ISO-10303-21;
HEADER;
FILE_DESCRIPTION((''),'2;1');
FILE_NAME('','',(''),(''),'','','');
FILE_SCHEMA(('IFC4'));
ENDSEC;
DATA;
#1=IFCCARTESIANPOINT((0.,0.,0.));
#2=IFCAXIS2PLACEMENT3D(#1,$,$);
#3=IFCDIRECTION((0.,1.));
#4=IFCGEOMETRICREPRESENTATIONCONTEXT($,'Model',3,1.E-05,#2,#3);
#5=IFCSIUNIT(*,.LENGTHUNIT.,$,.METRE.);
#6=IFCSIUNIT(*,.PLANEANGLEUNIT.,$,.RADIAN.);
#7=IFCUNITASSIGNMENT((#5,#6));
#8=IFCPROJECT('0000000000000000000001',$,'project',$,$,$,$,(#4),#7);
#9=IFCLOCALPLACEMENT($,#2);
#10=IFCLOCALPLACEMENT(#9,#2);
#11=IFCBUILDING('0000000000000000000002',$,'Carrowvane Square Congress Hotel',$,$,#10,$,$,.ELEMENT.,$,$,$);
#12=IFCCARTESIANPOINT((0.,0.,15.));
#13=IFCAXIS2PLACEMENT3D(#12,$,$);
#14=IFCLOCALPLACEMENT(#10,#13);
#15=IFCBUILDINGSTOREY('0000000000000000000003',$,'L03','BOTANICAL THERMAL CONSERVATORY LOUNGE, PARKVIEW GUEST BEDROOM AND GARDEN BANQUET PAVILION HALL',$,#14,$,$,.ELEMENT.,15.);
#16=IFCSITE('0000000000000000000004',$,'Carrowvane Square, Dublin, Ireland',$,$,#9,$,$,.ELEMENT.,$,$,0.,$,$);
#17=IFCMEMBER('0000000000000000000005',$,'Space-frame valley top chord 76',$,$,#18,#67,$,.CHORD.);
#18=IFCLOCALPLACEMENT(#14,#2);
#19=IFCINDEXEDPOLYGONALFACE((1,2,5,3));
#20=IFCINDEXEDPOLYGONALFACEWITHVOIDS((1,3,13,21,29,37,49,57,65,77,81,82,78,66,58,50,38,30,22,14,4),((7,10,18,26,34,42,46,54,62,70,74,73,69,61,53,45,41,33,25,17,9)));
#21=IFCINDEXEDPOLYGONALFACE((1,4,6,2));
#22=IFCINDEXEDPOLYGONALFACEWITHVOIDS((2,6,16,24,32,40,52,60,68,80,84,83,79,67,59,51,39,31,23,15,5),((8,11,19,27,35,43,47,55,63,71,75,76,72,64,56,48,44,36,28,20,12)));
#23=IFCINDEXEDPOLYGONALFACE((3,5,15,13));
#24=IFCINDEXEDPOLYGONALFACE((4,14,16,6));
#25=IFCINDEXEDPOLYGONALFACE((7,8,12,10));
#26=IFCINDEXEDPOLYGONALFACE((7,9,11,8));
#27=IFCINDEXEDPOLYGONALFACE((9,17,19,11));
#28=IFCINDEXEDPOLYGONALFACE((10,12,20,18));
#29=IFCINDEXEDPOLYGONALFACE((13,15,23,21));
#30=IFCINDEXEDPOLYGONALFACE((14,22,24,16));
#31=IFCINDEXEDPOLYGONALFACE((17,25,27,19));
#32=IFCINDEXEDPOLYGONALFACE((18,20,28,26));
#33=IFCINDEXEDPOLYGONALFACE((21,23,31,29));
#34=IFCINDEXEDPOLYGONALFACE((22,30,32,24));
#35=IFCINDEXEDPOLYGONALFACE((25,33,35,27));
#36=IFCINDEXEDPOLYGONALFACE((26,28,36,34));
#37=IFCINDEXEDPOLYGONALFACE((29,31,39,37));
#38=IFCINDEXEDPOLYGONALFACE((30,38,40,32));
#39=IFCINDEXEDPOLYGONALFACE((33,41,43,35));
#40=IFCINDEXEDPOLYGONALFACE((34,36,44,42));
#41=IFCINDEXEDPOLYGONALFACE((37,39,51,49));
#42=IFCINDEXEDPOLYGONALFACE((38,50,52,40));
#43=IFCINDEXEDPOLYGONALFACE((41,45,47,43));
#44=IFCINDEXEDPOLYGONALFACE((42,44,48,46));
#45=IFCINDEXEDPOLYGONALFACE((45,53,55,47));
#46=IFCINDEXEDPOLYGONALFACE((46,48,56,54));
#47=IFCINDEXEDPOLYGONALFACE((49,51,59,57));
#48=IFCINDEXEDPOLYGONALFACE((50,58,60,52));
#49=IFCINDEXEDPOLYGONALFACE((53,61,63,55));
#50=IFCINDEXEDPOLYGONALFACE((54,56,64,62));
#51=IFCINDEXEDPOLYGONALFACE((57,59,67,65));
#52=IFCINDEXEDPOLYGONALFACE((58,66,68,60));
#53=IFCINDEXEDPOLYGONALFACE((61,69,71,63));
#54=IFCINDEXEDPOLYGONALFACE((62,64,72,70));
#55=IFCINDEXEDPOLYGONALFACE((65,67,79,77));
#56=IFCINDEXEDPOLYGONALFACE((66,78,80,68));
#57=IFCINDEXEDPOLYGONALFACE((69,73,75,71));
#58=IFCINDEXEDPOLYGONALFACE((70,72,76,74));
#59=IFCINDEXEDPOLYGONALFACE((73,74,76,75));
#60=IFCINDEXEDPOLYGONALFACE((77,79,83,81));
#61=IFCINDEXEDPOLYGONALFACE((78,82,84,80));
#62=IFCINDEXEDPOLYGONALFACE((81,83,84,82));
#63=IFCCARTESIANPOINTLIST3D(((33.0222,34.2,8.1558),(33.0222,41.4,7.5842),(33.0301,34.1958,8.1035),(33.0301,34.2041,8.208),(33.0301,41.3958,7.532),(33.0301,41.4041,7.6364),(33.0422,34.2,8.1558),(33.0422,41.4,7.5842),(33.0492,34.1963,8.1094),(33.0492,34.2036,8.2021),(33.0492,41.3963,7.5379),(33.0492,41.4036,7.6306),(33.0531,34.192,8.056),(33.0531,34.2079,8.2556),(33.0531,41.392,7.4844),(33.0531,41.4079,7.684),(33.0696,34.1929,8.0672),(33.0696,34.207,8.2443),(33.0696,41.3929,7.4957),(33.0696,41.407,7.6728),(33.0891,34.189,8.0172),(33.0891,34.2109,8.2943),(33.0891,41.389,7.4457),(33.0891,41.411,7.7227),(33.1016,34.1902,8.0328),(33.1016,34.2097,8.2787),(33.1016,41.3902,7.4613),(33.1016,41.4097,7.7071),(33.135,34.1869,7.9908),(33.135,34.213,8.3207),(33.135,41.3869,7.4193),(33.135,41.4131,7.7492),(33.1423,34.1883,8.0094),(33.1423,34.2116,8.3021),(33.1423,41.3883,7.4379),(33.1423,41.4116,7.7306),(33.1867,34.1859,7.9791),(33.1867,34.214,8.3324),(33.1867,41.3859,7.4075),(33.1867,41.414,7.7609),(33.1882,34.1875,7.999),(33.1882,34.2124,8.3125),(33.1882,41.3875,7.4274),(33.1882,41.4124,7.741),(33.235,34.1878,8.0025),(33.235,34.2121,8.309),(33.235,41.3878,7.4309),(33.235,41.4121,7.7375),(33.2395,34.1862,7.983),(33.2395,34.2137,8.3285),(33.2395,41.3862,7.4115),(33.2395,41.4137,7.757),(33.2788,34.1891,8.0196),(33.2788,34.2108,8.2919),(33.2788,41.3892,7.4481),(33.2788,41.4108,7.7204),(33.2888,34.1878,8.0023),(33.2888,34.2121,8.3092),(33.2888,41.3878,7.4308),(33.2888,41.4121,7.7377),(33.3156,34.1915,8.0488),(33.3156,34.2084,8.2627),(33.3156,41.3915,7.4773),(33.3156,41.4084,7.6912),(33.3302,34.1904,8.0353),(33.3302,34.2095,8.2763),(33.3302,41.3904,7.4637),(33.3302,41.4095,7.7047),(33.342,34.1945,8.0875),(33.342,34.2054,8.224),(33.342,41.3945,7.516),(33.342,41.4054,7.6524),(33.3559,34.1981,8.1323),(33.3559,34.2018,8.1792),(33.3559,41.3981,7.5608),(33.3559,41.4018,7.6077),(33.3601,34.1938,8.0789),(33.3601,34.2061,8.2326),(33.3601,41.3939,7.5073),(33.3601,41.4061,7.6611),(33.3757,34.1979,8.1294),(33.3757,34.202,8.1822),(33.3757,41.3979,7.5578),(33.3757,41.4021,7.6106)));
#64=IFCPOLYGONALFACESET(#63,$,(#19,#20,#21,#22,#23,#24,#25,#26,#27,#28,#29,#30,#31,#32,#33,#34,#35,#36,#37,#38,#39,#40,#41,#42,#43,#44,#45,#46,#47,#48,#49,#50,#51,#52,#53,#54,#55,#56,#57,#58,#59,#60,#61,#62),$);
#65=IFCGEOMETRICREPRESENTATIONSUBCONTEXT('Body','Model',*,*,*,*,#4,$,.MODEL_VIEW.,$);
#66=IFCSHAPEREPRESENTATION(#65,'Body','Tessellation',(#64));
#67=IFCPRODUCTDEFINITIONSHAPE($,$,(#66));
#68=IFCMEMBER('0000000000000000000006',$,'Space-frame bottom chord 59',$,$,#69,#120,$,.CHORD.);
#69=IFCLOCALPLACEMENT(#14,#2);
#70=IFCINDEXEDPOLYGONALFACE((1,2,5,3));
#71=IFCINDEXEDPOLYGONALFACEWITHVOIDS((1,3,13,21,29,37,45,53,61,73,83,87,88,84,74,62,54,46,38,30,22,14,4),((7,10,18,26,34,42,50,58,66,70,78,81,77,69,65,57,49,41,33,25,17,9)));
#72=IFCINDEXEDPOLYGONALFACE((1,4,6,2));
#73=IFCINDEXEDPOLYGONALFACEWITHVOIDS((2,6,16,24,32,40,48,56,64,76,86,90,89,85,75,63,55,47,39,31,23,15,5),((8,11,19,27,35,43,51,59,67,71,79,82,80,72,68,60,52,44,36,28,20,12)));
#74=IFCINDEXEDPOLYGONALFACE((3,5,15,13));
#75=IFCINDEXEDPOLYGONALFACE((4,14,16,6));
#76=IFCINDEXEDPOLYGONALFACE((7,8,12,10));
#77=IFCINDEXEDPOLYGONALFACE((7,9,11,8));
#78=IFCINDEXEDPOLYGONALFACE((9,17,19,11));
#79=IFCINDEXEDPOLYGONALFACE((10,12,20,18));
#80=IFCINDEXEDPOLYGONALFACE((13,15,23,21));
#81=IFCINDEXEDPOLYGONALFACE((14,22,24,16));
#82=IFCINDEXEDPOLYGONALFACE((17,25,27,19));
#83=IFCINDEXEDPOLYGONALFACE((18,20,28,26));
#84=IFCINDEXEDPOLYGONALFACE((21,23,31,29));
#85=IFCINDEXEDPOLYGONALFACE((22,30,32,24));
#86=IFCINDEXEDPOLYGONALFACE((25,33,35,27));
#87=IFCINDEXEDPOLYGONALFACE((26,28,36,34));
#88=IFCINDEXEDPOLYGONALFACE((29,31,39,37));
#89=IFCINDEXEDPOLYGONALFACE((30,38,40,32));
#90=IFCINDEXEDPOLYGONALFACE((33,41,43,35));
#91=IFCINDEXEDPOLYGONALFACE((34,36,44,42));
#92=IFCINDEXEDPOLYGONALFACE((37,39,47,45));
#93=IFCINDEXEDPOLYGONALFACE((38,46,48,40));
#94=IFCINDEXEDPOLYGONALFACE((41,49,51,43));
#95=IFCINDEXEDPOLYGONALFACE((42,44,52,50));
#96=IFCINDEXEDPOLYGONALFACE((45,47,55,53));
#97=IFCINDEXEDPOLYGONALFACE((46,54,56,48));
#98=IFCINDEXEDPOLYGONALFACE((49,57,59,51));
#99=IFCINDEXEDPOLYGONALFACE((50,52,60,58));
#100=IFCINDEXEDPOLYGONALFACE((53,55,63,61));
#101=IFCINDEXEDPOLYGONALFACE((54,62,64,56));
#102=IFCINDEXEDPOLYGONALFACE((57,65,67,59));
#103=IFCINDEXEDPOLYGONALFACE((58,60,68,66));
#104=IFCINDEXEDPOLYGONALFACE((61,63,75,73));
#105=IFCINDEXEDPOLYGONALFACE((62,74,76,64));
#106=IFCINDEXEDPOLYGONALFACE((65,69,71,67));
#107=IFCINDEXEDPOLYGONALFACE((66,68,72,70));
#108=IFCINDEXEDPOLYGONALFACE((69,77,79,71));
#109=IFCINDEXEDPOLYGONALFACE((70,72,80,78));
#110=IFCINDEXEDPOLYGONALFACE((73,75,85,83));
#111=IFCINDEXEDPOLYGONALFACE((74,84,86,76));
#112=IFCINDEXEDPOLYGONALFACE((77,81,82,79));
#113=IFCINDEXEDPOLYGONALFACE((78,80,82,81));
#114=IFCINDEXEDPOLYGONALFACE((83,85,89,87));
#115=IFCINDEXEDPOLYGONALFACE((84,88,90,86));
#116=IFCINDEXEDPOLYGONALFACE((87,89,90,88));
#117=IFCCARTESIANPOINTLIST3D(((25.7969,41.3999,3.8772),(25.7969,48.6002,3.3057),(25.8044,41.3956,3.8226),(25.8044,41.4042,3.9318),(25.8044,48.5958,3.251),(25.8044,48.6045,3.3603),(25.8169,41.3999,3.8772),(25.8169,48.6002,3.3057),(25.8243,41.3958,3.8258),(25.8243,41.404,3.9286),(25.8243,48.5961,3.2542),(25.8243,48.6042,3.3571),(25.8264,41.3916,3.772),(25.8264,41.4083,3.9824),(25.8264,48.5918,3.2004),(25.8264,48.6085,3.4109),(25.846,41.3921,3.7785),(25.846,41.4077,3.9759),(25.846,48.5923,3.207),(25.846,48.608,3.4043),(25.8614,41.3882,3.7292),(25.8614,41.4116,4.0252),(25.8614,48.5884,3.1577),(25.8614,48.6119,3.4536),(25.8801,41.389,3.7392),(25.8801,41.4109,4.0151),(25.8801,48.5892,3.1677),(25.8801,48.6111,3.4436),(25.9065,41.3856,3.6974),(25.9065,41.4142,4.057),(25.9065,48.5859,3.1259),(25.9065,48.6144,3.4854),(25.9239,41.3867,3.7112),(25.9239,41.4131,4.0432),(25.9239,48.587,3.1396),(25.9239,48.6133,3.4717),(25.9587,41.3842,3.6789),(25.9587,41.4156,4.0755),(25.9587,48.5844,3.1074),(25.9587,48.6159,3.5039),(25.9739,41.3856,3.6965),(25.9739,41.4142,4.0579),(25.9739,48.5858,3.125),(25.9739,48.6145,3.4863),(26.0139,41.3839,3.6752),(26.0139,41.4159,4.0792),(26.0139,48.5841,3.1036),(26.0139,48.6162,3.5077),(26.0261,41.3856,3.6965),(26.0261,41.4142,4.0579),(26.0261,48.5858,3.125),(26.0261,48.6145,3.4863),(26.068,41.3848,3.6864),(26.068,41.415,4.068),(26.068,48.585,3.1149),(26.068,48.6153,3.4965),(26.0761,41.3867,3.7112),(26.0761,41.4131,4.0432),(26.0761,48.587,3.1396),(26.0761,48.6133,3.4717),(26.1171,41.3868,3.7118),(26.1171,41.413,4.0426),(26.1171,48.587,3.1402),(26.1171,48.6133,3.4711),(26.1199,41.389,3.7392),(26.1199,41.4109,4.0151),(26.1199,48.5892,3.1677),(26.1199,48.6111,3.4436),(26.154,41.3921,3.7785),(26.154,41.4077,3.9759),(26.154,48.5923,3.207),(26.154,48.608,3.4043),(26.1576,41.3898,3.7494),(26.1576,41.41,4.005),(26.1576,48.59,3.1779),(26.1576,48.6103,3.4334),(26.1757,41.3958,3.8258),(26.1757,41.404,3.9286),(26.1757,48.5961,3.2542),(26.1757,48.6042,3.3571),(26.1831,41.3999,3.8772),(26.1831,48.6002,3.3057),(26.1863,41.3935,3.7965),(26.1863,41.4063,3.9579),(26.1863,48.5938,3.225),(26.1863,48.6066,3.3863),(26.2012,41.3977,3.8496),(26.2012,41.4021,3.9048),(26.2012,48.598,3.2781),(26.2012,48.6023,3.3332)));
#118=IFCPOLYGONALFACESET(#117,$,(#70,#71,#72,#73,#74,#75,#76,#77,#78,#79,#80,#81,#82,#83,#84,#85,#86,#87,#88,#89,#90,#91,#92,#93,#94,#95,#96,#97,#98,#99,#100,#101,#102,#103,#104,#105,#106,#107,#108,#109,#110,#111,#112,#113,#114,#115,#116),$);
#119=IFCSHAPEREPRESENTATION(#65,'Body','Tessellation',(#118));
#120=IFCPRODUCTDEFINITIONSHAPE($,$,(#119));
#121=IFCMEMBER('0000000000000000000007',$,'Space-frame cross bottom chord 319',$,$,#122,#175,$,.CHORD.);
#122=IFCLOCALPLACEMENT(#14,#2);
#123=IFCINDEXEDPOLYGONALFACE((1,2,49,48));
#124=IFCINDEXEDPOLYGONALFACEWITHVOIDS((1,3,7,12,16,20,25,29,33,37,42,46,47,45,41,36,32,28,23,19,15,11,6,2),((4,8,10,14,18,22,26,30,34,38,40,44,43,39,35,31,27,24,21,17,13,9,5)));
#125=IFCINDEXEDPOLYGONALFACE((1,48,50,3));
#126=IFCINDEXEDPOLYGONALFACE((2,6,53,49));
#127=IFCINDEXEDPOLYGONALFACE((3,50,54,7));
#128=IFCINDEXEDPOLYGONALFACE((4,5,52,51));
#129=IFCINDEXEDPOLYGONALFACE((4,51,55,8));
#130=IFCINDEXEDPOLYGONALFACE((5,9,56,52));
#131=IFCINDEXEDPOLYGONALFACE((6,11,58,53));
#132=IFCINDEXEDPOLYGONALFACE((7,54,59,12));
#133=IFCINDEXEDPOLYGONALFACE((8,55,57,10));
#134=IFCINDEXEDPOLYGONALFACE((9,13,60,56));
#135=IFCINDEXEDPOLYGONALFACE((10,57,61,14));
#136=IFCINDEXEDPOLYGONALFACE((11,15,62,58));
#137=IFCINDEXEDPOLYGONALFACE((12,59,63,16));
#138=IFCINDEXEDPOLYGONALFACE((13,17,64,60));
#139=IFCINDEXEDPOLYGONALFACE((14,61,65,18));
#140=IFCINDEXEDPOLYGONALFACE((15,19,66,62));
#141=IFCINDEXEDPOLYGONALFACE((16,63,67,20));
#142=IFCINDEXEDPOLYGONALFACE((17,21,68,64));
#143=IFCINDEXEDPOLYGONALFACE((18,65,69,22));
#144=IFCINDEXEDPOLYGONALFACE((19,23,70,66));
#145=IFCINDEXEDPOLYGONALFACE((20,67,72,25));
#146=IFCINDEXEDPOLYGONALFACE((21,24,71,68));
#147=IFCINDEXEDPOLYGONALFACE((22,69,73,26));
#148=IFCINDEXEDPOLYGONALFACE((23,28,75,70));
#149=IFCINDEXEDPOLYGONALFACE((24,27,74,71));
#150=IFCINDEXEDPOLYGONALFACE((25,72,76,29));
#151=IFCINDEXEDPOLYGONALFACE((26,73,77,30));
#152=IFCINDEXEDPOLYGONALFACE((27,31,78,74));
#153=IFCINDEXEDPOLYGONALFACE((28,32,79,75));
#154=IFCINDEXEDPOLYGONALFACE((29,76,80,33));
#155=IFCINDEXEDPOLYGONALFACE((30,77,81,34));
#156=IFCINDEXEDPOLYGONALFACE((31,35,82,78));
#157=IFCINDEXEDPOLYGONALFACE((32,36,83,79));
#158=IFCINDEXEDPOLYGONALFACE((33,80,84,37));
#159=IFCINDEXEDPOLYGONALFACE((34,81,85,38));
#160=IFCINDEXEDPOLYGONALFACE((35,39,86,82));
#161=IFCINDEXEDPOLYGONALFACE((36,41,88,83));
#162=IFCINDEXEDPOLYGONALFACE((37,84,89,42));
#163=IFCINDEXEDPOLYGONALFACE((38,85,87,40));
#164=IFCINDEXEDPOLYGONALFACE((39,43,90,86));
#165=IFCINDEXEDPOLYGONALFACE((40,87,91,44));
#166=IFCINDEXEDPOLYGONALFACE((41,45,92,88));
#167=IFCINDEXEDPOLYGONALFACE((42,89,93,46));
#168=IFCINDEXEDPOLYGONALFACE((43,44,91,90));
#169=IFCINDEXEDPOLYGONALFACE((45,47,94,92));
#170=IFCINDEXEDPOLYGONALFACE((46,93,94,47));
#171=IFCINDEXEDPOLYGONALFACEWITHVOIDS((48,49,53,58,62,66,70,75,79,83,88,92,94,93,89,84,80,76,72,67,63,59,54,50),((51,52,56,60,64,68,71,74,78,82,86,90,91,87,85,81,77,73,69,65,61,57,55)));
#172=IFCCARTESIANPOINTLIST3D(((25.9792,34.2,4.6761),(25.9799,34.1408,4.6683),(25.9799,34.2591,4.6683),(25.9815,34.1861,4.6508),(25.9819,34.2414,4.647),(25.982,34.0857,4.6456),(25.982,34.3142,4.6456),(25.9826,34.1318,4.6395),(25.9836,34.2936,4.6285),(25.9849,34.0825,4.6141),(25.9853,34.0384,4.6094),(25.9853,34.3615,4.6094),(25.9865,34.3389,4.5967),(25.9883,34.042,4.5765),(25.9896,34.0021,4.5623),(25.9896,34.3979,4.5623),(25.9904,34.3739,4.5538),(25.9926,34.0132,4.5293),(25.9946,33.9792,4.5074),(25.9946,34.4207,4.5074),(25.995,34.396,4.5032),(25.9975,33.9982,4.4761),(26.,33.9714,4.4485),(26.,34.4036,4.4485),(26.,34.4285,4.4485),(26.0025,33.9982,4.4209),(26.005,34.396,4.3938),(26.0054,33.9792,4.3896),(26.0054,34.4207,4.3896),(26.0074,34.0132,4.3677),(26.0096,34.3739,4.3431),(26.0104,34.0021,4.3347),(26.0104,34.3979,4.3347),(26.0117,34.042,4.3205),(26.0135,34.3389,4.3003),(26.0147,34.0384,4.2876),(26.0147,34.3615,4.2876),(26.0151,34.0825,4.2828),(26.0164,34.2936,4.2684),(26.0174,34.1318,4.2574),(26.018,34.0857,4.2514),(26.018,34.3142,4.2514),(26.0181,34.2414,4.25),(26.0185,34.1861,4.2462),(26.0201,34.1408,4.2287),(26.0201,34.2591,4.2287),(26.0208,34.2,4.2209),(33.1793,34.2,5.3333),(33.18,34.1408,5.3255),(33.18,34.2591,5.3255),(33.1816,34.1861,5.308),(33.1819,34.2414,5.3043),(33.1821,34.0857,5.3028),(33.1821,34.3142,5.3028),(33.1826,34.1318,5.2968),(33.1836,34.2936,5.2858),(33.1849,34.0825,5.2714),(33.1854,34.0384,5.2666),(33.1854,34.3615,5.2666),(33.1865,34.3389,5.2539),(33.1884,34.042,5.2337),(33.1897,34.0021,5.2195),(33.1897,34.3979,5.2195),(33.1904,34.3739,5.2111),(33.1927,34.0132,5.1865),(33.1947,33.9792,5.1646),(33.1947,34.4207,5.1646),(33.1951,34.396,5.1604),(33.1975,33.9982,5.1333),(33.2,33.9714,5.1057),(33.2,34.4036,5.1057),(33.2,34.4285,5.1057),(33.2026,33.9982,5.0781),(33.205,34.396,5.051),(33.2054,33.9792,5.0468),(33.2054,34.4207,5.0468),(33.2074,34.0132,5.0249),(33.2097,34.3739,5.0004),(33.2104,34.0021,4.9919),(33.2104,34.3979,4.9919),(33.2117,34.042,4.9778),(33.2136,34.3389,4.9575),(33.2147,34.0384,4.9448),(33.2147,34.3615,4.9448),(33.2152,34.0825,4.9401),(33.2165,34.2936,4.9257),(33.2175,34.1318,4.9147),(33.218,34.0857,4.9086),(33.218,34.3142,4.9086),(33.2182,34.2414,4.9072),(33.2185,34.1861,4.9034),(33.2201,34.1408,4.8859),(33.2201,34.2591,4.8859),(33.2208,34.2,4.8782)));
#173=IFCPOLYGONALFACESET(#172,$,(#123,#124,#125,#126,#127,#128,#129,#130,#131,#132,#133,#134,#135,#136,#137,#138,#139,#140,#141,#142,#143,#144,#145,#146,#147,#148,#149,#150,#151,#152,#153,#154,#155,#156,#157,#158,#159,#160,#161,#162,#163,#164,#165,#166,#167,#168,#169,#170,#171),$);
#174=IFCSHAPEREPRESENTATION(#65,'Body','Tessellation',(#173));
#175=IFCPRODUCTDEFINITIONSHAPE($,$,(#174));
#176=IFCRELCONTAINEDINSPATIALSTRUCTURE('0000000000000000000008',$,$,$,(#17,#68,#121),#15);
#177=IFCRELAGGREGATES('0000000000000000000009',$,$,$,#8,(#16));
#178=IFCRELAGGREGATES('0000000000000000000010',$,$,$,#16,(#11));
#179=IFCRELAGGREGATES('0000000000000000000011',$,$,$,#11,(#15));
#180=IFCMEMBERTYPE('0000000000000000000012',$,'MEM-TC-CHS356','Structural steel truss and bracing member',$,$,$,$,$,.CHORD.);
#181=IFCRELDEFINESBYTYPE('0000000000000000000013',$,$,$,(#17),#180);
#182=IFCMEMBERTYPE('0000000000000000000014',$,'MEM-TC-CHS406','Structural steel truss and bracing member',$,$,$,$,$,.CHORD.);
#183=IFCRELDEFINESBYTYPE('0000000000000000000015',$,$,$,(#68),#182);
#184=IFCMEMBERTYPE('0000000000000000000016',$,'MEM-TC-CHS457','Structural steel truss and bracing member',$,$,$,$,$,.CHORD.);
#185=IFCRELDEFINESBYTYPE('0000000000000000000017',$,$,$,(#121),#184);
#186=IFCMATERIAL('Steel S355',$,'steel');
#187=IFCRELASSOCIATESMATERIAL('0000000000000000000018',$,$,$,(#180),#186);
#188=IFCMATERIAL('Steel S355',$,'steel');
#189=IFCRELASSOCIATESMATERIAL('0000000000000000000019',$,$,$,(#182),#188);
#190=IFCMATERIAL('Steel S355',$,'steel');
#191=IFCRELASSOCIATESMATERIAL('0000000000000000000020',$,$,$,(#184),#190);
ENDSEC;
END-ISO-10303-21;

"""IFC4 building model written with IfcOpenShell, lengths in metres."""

from ifc_helpers import new_model, si_unit, direction, frame, origin, origin_2d, place, context, subcontext, project, spatial, hollow_circle, extrude, material, material_profile, profile_set, type_object, element, save


model = new_model("IFC4")

# Units and contexts
model_context = context("Model", 3, precision=1e-05, world=origin(), true_north=direction((0.0, 1.0)))
body_context = subcontext(model_context, "Body", "Model", "MODEL_VIEW")
ifc_project = project(units=[si_unit("LENGTHUNIT", "METRE"), si_unit("PLANEANGLEUNIT", "RADIAN")], contexts=[model_context])

# Site, building, storey
site_placement = place(None, origin())
site = spatial("IfcSite", under=ifc_project, at=site_placement, Name="Carrowvane Square, Dublin, Ireland", CompositionType="ELEMENT", RefElevation=0.0)
building_placement = place(site_placement, origin())
building = spatial("IfcBuilding", under=site, at=building_placement, Name="Carrowvane Square Congress Hotel", CompositionType="ELEMENT")
storey_placement = place(building_placement, frame((0.0, 0.0, 15.0)))
storey = spatial("IfcBuildingStorey", under=building, at=storey_placement, Name="L03", Description="BOTANICAL THERMAL CONSERVATORY LOUNGE, PARKVIEW GUEST BEDROOM AND GARDEN BANQUET PAVILION HALL", CompositionType="ELEMENT", Elevation=15.0)

# Members
ifc_material_1 = material(Name="Steel S355", Category="steel")
ifc_material_profile_1 = material_profile(ifc_material_1, hollow_circle(Radius=0.1777, WallThickness=0.02, at=origin_2d()), Name="CHS 355.6x20")
ifc_profile_set_1 = profile_set([ifc_material_profile_1], Name="Steel S355")
member_type_1 = type_object("IfcMemberType", Name="MEM-TC-CHS356", Description="Structural steel truss and bracing member", PredefinedType="CHORD", material=ifc_profile_set_1)
member_1_placement = place(storey_placement, frame((33.2, 34.2, 8.1558), z_axis=(0.0, 0.996864, -0.079131), x_axis=(-1.0, 0.0, 0.0)))
element("IfcMember", 1, at=member_1_placement, inside=storey, type_object=member_type_1, Name="Space-frame valley top chord 76", PredefinedType="CHORD", context=body_context, shape_type="SweptSolid", body=[
    extrude(hollow_circle(Radius=0.1777, WallThickness=0.02, at=origin_2d()), origin(), (0.0, 0.0, 1.0), 7.2227),
])
ifc_material_2 = material(Name="Steel S355", Category="steel")
ifc_material_profile_2 = material_profile(ifc_material_2, hollow_circle(Radius=0.2031, WallThickness=0.02, at=origin_2d()), Name="CHS 406.4x20")
ifc_profile_set_2 = profile_set([ifc_material_profile_2], Name="Steel S355")
member_type_2 = type_object("IfcMemberType", Name="MEM-TC-CHS406", Description="Structural steel truss and bracing member", PredefinedType="CHORD", material=ifc_profile_set_2)
member_2_placement = place(storey_placement, frame((26.0, 41.3999, 3.8772), z_axis=(0.0, 0.996864, -0.079129), x_axis=(-1.0, 0.0, 0.0)))
element("IfcMember", 2, at=member_2_placement, inside=storey, type_object=member_type_2, Name="Space-frame bottom chord 59", PredefinedType="CHORD", context=body_context, shape_type="SweptSolid", body=[
    extrude(hollow_circle(Radius=0.2031, WallThickness=0.02, at=origin_2d()), origin(), (0.0, 0.0, 1.0), 7.2229),
])
ifc_material_3 = material(Name="Steel S355", Category="steel")
ifc_material_profile_3 = material_profile(ifc_material_3, hollow_circle(Radius=0.2285, WallThickness=0.0249, at=origin_2d()), Name="CHS 457.0x25")
ifc_profile_set_3 = profile_set([ifc_material_profile_3], Name="Steel S355")
member_type_3 = type_object("IfcMemberType", Name="MEM-TC-CHS457", Description="Structural steel truss and bracing member", PredefinedType="CHORD", material=ifc_profile_set_3)
for number, where, z_axis, x_axis, name in (
    (3, (26.0, 34.2, 4.4485), (0.99586, 0.0, 0.090904), (0.0, 1.0, 0.0), "Space-frame cross bottom chord 319"),
):
    element("IfcMember", number, at=place(storey_placement, frame(where, z_axis=z_axis, x_axis=x_axis)), inside=storey, type_object=member_type_3, Name=name, PredefinedType="CHORD", context=body_context, shape_type="SweptSolid", body=[
        extrude(hollow_circle(Radius=0.2285, WallThickness=0.0249, at=origin_2d()), origin(), (0.0, 0.0, 1.0), 7.23),
    ])

save(model, "model.ifc")
